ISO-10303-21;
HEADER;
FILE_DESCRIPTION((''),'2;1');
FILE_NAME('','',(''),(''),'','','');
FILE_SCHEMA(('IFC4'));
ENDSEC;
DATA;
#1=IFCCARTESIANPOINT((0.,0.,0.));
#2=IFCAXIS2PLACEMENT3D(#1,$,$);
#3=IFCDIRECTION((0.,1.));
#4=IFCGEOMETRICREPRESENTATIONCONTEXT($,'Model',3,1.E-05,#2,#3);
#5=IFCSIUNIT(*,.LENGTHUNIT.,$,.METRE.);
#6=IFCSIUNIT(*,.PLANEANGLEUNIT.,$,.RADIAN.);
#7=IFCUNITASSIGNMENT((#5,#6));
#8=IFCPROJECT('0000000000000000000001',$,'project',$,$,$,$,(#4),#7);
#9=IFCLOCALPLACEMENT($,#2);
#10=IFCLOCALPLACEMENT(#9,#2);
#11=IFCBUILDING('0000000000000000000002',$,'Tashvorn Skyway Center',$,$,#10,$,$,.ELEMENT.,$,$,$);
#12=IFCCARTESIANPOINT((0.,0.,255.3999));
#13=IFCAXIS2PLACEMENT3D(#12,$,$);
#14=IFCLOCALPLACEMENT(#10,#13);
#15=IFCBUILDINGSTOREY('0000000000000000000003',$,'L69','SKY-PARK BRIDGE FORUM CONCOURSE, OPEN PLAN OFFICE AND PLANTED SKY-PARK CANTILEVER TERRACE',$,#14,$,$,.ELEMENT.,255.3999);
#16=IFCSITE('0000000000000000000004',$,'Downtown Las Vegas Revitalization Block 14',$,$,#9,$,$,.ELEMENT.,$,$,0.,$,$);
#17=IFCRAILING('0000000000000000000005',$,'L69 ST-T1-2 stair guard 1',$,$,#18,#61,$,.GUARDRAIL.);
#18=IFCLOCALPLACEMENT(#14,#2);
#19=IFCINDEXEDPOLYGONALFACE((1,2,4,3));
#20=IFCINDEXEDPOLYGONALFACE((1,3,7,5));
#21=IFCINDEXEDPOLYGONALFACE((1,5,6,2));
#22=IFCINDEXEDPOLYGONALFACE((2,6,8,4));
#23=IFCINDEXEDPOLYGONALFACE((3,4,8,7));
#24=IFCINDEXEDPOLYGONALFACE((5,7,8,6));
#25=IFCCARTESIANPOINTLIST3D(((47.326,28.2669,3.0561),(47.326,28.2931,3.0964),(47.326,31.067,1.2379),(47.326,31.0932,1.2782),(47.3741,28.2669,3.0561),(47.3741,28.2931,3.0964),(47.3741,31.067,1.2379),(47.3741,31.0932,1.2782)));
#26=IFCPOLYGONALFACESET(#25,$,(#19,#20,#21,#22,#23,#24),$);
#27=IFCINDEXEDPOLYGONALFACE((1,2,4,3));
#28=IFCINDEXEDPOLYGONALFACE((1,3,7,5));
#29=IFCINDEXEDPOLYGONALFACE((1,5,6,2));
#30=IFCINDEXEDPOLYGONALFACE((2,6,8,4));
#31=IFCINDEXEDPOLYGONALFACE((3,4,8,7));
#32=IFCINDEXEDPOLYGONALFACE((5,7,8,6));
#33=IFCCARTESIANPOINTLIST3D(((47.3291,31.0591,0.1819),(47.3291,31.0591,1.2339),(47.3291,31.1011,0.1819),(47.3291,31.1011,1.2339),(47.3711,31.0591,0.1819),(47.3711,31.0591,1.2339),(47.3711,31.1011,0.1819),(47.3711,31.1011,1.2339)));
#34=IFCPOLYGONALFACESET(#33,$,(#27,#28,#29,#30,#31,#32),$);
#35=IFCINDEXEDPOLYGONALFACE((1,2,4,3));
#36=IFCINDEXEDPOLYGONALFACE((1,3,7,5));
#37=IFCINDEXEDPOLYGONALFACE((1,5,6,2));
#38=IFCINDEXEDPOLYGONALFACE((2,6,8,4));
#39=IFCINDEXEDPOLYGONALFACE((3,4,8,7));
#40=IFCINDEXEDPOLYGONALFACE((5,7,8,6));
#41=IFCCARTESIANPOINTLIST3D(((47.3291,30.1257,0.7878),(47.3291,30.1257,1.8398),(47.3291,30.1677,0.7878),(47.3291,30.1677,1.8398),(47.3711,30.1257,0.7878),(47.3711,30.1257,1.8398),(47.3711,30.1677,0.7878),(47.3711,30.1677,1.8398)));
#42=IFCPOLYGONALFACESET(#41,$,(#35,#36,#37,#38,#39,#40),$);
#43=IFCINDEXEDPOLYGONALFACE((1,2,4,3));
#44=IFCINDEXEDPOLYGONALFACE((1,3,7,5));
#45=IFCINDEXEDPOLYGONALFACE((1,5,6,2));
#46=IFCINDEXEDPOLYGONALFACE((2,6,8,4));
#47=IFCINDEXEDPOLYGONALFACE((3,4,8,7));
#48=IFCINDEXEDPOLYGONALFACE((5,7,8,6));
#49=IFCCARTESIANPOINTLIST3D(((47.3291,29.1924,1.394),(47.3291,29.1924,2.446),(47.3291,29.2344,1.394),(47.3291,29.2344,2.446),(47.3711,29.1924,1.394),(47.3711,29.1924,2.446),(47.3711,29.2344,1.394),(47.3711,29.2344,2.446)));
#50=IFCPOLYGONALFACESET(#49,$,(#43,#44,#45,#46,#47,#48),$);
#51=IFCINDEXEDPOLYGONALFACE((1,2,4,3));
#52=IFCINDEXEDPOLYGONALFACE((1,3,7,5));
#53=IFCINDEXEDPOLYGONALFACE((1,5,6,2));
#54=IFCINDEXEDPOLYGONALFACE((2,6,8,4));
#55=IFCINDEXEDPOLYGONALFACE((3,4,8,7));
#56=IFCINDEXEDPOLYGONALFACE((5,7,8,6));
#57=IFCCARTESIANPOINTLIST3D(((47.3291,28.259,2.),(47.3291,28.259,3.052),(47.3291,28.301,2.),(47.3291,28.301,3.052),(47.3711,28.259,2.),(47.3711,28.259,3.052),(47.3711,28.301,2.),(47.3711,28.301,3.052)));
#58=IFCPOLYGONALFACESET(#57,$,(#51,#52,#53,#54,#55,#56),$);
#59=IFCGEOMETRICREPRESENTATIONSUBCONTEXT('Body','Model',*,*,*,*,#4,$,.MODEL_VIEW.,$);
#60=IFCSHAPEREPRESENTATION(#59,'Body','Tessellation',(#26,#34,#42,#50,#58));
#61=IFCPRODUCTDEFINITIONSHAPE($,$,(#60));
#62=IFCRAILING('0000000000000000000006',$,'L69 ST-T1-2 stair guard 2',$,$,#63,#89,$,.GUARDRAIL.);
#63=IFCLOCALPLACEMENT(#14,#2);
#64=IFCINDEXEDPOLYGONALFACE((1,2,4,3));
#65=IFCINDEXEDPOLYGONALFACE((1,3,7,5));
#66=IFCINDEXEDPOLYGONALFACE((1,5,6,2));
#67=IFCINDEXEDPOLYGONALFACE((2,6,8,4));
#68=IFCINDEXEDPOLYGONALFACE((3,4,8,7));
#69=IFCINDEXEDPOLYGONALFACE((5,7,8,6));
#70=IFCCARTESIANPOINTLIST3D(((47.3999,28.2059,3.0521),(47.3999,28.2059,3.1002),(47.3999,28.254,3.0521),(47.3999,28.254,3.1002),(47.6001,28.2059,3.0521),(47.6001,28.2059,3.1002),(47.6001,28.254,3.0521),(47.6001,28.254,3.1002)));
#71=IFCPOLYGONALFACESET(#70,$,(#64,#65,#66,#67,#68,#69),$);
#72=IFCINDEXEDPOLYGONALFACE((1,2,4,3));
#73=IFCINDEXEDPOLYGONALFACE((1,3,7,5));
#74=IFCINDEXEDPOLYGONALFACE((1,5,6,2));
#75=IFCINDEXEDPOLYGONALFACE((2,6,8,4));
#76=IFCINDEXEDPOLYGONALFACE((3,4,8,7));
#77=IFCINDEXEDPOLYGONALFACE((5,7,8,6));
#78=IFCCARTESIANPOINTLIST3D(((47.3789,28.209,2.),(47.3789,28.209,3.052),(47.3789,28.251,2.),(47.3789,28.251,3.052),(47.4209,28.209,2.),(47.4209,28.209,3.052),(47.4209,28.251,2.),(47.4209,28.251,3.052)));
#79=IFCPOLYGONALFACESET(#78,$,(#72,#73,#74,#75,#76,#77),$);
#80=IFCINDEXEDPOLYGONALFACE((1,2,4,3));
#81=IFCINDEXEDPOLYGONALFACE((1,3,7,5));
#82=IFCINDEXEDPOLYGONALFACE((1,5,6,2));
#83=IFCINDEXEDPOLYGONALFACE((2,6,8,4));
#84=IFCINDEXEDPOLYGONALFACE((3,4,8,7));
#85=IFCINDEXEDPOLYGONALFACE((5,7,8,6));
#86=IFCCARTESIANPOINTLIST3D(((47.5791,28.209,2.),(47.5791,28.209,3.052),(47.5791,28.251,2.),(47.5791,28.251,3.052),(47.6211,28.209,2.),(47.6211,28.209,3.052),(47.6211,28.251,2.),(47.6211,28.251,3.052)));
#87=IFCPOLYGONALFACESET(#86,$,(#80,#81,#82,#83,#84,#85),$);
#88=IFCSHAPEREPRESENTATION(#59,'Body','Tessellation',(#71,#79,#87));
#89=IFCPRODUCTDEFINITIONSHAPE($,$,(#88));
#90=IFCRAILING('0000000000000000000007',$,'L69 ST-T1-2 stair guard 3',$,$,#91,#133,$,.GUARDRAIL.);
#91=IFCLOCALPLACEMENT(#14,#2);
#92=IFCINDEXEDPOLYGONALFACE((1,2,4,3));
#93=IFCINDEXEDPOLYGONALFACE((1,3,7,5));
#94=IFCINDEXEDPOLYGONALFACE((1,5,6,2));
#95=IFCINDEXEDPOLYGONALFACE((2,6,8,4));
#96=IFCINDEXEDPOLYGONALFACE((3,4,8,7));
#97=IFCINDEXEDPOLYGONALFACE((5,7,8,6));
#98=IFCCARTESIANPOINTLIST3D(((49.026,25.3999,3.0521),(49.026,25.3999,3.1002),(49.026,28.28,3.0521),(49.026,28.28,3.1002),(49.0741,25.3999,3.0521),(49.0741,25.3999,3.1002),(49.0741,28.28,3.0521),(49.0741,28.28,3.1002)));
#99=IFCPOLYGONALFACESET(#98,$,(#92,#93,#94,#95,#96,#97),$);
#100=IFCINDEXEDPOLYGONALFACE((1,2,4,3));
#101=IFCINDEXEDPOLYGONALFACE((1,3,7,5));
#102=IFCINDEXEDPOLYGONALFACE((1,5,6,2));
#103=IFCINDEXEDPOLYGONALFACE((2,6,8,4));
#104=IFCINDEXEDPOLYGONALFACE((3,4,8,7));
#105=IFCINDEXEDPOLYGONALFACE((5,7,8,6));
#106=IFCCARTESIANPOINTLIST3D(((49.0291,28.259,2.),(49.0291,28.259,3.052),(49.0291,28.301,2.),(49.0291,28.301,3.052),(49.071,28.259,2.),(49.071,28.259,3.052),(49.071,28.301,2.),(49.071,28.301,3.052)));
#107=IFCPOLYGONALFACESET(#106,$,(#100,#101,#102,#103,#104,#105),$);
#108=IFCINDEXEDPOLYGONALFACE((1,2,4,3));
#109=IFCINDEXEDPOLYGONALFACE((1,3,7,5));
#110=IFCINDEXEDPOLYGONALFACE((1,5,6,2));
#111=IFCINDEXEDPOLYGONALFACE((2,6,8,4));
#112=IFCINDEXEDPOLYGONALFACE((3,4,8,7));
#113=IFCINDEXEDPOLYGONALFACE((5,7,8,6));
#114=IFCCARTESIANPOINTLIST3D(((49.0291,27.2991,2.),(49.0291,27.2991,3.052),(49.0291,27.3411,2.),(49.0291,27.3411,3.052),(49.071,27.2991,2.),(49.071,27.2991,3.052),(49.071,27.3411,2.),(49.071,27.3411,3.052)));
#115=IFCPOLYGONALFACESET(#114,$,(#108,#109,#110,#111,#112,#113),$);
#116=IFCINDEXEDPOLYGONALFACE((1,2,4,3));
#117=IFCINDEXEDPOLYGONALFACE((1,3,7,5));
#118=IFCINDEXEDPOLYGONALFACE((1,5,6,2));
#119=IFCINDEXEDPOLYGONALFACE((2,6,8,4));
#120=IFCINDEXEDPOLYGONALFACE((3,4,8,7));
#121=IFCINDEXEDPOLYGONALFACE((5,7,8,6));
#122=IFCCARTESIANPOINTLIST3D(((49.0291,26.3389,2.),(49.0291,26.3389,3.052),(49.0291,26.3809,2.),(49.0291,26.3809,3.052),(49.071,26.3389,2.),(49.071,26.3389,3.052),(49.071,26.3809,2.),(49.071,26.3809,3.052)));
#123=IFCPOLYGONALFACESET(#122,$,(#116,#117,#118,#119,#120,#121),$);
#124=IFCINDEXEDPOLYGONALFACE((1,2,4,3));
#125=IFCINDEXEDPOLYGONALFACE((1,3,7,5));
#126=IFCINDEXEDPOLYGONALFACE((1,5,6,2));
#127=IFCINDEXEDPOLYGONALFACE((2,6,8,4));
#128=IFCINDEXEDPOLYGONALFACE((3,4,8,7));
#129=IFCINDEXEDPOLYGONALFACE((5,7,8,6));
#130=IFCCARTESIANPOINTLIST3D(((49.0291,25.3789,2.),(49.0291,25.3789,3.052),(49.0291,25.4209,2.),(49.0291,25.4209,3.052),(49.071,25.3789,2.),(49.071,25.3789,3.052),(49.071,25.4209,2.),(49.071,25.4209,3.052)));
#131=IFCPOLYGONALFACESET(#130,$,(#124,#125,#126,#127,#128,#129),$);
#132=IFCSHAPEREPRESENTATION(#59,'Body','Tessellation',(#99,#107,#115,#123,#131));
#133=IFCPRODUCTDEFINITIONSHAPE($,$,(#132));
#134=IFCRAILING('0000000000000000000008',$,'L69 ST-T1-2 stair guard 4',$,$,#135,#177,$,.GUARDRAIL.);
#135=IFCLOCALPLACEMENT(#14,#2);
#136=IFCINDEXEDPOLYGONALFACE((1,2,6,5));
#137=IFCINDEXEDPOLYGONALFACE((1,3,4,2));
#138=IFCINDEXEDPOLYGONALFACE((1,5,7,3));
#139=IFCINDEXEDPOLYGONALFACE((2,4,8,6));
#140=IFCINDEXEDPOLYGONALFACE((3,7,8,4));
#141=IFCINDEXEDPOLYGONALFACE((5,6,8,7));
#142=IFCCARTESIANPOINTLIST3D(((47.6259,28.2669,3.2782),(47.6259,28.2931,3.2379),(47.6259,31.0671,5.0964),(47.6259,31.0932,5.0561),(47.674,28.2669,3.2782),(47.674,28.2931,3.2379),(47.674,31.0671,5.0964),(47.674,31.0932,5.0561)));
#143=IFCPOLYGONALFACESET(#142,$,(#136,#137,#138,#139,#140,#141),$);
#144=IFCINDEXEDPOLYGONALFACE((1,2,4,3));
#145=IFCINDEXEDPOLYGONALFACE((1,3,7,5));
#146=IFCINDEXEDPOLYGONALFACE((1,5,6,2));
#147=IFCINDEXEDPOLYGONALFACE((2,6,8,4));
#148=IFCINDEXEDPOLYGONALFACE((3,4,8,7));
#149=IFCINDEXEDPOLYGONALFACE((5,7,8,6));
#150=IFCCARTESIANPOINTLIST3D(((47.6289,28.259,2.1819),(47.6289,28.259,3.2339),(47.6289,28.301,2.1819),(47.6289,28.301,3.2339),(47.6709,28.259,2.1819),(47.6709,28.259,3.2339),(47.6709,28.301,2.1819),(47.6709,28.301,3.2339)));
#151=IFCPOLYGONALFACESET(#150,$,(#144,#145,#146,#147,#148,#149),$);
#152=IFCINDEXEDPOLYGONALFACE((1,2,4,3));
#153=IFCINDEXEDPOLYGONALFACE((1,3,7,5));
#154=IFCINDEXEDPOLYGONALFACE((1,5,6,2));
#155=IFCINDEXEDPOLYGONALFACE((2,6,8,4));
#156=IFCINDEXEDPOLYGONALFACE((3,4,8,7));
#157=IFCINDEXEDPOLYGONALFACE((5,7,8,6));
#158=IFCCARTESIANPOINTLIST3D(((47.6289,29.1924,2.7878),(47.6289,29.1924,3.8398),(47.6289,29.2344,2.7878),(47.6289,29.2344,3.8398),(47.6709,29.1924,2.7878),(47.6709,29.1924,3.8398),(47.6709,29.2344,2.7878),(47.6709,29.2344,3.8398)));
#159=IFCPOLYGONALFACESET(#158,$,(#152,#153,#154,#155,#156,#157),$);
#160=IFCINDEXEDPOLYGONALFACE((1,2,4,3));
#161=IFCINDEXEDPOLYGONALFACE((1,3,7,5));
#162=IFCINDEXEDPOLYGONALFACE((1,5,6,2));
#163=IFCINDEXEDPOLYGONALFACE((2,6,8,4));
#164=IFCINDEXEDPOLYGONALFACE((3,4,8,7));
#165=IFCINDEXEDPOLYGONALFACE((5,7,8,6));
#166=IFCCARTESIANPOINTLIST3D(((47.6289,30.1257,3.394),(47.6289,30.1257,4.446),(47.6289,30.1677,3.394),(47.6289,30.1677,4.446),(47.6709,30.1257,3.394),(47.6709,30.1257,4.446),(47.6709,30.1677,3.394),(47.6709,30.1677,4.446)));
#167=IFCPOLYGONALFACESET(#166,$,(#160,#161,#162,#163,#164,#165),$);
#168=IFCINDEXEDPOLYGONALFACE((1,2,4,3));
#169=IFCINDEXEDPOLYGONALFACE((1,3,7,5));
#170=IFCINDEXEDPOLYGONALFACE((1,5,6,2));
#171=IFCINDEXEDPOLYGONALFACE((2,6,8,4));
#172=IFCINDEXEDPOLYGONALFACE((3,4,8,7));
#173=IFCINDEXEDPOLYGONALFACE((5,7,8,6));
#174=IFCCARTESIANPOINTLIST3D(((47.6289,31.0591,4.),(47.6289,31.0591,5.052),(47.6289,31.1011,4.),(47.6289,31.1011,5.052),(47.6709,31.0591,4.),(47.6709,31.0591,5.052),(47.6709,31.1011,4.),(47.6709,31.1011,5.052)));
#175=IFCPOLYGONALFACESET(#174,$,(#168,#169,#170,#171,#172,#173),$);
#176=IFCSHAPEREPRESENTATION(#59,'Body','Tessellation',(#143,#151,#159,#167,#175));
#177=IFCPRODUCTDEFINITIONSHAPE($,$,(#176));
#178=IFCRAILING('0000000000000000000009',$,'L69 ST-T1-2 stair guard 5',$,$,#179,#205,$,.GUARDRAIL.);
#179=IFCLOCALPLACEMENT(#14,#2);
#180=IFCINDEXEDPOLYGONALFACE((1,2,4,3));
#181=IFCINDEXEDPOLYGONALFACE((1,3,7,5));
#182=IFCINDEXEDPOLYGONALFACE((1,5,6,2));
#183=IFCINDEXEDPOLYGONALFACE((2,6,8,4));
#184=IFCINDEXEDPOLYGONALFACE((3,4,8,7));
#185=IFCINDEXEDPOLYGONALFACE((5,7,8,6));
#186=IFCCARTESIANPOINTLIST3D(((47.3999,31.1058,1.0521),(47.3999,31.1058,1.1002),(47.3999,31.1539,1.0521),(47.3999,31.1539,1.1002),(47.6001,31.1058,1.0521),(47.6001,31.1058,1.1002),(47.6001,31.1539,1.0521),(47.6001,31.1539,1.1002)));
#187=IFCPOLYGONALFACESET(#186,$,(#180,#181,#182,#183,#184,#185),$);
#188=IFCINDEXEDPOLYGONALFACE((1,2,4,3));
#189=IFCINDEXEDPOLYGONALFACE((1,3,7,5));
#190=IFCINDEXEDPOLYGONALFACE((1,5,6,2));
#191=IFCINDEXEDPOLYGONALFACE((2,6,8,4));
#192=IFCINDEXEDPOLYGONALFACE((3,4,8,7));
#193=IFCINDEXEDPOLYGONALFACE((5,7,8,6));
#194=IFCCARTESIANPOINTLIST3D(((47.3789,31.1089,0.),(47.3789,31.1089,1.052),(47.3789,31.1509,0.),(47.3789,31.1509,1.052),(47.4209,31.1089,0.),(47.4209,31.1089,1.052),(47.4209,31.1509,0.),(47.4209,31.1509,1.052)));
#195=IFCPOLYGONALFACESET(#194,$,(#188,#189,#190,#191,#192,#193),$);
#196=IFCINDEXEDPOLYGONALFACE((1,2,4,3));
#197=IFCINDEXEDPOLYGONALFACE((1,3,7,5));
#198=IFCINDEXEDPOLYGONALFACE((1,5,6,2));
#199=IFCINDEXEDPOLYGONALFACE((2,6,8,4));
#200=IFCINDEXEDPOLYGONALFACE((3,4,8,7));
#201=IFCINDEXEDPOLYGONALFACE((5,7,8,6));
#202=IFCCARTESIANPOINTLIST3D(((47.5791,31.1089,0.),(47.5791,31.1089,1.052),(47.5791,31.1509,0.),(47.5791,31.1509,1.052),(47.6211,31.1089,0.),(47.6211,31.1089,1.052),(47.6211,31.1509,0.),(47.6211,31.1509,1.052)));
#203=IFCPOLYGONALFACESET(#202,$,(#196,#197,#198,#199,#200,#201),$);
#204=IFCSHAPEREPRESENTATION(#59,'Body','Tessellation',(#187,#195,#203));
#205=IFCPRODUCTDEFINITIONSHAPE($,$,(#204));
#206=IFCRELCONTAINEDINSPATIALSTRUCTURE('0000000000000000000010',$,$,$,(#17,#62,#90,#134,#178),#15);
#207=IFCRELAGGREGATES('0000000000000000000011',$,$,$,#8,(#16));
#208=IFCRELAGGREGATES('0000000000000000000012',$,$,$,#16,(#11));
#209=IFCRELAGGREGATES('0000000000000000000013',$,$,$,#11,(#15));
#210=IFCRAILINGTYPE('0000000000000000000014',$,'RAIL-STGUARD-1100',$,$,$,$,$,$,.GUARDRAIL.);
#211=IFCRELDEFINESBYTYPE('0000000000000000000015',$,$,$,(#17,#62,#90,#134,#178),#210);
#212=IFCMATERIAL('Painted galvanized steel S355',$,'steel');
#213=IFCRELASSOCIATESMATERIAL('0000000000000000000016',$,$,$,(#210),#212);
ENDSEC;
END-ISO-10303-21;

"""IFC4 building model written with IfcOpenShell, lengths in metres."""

from ifc_helpers import new_model, si_unit, direction, frame, origin, origin_2d, place, context, subcontext, project, spatial, rectangle, extrude, material, type_object, element, save


model = new_model("IFC4")

# Units and contexts
model_context = context("Model", 3, precision=1e-05, world=origin(), true_north=direction((0.0, 1.0)))
body_context = subcontext(model_context, "Body", "Model", "MODEL_VIEW")
ifc_project = project(units=[si_unit("LENGTHUNIT", "METRE"), si_unit("PLANEANGLEUNIT", "RADIAN")], contexts=[model_context])

# Site, building, storey
site_placement = place(None, origin())
site = spatial("IfcSite", under=ifc_project, at=site_placement, Name="Downtown Las Vegas Revitalization Block 14", CompositionType="ELEMENT", RefElevation=0.0)
building_placement = place(site_placement, origin())
building = spatial("IfcBuilding", under=site, at=building_placement, Name="Tashvorn Skyway Center", CompositionType="ELEMENT")
storey_placement = place(building_placement, frame((0.0, 0.0, 255.3999)))
storey = spatial("IfcBuildingStorey", under=building, at=storey_placement, Name="L69", Description="SKY-PARK BRIDGE FORUM CONCOURSE, OPEN PLAN OFFICE AND PLANTED SKY-PARK CANTILEVER TERRACE", CompositionType="ELEMENT", Elevation=255.3999)

# Railings
ifc_material_1 = material(Name="Painted galvanized steel S355", Category="steel")
railing_type_1 = type_object("IfcRailingType", Name="RAIL-STGUARD-1100", PredefinedType="GUARDRAIL", material=ifc_material_1)
railing_1_placement = place(storey_placement, frame((47.3501, 31.0801, 0.1819)))
element("IfcRailing", 1, at=railing_1_placement, inside=storey, type_object=railing_type_1, Name="L69 ST-T1-2 stair guard 1", PredefinedType="GUARDRAIL", context=body_context, shape_type="SweptSolid", body=[
    extrude(rectangle(XDim=0.0481, YDim=0.0481, at=origin_2d()), frame((0.0, 0.0, 1.0762), z_axis=(0.0, -0.838706, 0.544585), x_axis=(1.0, 0.0, 0.0)), (0.0, 0.0, 1.0), 3.3386),
    extrude(rectangle(XDim=0.042, YDim=0.042, at=origin_2d()), origin(), (0.0, 0.0, 1.0), 1.052),
    extrude(rectangle(XDim=0.042, YDim=0.042, at=origin_2d()), frame((0.0, -0.9333, 0.606)), (0.0, 0.0, 1.0), 1.052),
    extrude(rectangle(XDim=0.042, YDim=0.042, at=origin_2d()), frame((0.0, -1.8667, 1.2122)), (0.0, 0.0, 1.0), 1.052),
    extrude(rectangle(XDim=0.042, YDim=0.042, at=origin_2d()), frame((0.0, -2.8, 1.8181)), (0.0, 0.0, 1.0), 1.052),
])
railing_2_placement = place(storey_placement, frame((47.3999, 28.23, 2.0)))
element("IfcRailing", 2, at=railing_2_placement, inside=storey, type_object=railing_type_1, Name="L69 ST-T1-2 stair guard 2", PredefinedType="GUARDRAIL", context=body_context, shape_type="SweptSolid", body=[
    extrude(rectangle(XDim=0.0481, YDim=0.0481, at=origin_2d()), frame((0.0, 0.0, 1.0762), z_axis=(1.0, 0.0, 0.0), x_axis=(0.0, 1.0, 0.0)), (0.0, 0.0, 1.0), 0.2002),
    extrude(rectangle(XDim=0.042, YDim=0.042, at=origin_2d()), origin(), (0.0, 0.0, 1.0), 1.052),
    extrude(rectangle(XDim=0.042, YDim=0.042, at=origin_2d()), frame((0.2002, 0.0, 0.0)), (0.0, 0.0, 1.0), 1.052),
])
railing_3_placement = place(storey_placement, frame((49.05, 28.28, 2.0)))
element("IfcRailing", 3, at=railing_3_placement, inside=storey, type_object=railing_type_1, Name="L69 ST-T1-2 stair guard 3", PredefinedType="GUARDRAIL", context=body_context, shape_type="SweptSolid", body=[
    extrude(rectangle(XDim=0.0481, YDim=0.0481, at=origin_2d()), frame((0.0, 0.0, 1.0762), z_axis=(0.0, -1.0, 0.0), x_axis=(1.0, 0.0, 0.0)), (0.0, 0.0, 1.0), 2.8801),
    extrude(rectangle(XDim=0.042, YDim=0.042, at=origin_2d()), origin(), (0.0, 0.0, 1.0), 1.052),
    extrude(rectangle(XDim=0.042, YDim=0.042, at=origin_2d()), frame((0.0, -0.96, 0.0)), (0.0, 0.0, 1.0), 1.052),
    extrude(rectangle(XDim=0.042, YDim=0.042, at=origin_2d()), frame((0.0, -1.9202, 0.0)), (0.0, 0.0, 1.0), 1.052),
    extrude(rectangle(XDim=0.042, YDim=0.042, at=origin_2d()), frame((0.0, -2.8801, 0.0)), (0.0, 0.0, 1.0), 1.052),
])
railing_4_placement = place(storey_placement, frame((47.6499, 28.28, 2.1819)))
element("IfcRailing", 4, at=railing_4_placement, inside=storey, type_object=railing_type_1, Name="L69 ST-T1-2 stair guard 4", PredefinedType="GUARDRAIL", context=body_context, shape_type="SweptSolid", body=[
    extrude(rectangle(XDim=0.0481, YDim=0.0481, at=origin_2d()), frame((0.0, 0.0, 1.0762), z_axis=(0.0, 0.838706, 0.544585), x_axis=(-1.0, 0.0, 0.0)), (0.0, 0.0, 1.0), 3.3386),
    extrude(rectangle(XDim=0.042, YDim=0.042, at=origin_2d()), origin(), (0.0, 0.0, 1.0), 1.052),
    extrude(rectangle(XDim=0.042, YDim=0.042, at=origin_2d()), frame((0.0, 0.9333, 0.606)), (0.0, 0.0, 1.0), 1.052),
    extrude(rectangle(XDim=0.042, YDim=0.042, at=origin_2d()), frame((0.0, 1.8667, 1.2122)), (0.0, 0.0, 1.0), 1.052),
    extrude(rectangle(XDim=0.042, YDim=0.042, at=origin_2d()), frame((0.0, 2.8, 1.8181)), (0.0, 0.0, 1.0), 1.052),
])
railing_5_placement = place(storey_placement, frame((47.3999, 31.1299, 0.0)))
element("IfcRailing", 5, at=railing_5_placement, inside=storey, type_object=railing_type_1, Name="L69 ST-T1-2 stair guard 5", PredefinedType="GUARDRAIL", context=body_context, shape_type="SweptSolid", body=[
    extrude(rectangle(XDim=0.0481, YDim=0.0481, at=origin_2d()), frame((0.0, 0.0, 1.0762), z_axis=(1.0, 0.0, 0.0), x_axis=(0.0, 1.0, 0.0)), (0.0, 0.0, 1.0), 0.2002),
    extrude(rectangle(XDim=0.042, YDim=0.042, at=origin_2d()), origin(), (0.0, 0.0, 1.0), 1.052),
    extrude(rectangle(XDim=0.042, YDim=0.042, at=origin_2d()), frame((0.2002, 0.0, 0.0)), (0.0, 0.0, 1.0), 1.052),
])

save(model, "model.ifc")
